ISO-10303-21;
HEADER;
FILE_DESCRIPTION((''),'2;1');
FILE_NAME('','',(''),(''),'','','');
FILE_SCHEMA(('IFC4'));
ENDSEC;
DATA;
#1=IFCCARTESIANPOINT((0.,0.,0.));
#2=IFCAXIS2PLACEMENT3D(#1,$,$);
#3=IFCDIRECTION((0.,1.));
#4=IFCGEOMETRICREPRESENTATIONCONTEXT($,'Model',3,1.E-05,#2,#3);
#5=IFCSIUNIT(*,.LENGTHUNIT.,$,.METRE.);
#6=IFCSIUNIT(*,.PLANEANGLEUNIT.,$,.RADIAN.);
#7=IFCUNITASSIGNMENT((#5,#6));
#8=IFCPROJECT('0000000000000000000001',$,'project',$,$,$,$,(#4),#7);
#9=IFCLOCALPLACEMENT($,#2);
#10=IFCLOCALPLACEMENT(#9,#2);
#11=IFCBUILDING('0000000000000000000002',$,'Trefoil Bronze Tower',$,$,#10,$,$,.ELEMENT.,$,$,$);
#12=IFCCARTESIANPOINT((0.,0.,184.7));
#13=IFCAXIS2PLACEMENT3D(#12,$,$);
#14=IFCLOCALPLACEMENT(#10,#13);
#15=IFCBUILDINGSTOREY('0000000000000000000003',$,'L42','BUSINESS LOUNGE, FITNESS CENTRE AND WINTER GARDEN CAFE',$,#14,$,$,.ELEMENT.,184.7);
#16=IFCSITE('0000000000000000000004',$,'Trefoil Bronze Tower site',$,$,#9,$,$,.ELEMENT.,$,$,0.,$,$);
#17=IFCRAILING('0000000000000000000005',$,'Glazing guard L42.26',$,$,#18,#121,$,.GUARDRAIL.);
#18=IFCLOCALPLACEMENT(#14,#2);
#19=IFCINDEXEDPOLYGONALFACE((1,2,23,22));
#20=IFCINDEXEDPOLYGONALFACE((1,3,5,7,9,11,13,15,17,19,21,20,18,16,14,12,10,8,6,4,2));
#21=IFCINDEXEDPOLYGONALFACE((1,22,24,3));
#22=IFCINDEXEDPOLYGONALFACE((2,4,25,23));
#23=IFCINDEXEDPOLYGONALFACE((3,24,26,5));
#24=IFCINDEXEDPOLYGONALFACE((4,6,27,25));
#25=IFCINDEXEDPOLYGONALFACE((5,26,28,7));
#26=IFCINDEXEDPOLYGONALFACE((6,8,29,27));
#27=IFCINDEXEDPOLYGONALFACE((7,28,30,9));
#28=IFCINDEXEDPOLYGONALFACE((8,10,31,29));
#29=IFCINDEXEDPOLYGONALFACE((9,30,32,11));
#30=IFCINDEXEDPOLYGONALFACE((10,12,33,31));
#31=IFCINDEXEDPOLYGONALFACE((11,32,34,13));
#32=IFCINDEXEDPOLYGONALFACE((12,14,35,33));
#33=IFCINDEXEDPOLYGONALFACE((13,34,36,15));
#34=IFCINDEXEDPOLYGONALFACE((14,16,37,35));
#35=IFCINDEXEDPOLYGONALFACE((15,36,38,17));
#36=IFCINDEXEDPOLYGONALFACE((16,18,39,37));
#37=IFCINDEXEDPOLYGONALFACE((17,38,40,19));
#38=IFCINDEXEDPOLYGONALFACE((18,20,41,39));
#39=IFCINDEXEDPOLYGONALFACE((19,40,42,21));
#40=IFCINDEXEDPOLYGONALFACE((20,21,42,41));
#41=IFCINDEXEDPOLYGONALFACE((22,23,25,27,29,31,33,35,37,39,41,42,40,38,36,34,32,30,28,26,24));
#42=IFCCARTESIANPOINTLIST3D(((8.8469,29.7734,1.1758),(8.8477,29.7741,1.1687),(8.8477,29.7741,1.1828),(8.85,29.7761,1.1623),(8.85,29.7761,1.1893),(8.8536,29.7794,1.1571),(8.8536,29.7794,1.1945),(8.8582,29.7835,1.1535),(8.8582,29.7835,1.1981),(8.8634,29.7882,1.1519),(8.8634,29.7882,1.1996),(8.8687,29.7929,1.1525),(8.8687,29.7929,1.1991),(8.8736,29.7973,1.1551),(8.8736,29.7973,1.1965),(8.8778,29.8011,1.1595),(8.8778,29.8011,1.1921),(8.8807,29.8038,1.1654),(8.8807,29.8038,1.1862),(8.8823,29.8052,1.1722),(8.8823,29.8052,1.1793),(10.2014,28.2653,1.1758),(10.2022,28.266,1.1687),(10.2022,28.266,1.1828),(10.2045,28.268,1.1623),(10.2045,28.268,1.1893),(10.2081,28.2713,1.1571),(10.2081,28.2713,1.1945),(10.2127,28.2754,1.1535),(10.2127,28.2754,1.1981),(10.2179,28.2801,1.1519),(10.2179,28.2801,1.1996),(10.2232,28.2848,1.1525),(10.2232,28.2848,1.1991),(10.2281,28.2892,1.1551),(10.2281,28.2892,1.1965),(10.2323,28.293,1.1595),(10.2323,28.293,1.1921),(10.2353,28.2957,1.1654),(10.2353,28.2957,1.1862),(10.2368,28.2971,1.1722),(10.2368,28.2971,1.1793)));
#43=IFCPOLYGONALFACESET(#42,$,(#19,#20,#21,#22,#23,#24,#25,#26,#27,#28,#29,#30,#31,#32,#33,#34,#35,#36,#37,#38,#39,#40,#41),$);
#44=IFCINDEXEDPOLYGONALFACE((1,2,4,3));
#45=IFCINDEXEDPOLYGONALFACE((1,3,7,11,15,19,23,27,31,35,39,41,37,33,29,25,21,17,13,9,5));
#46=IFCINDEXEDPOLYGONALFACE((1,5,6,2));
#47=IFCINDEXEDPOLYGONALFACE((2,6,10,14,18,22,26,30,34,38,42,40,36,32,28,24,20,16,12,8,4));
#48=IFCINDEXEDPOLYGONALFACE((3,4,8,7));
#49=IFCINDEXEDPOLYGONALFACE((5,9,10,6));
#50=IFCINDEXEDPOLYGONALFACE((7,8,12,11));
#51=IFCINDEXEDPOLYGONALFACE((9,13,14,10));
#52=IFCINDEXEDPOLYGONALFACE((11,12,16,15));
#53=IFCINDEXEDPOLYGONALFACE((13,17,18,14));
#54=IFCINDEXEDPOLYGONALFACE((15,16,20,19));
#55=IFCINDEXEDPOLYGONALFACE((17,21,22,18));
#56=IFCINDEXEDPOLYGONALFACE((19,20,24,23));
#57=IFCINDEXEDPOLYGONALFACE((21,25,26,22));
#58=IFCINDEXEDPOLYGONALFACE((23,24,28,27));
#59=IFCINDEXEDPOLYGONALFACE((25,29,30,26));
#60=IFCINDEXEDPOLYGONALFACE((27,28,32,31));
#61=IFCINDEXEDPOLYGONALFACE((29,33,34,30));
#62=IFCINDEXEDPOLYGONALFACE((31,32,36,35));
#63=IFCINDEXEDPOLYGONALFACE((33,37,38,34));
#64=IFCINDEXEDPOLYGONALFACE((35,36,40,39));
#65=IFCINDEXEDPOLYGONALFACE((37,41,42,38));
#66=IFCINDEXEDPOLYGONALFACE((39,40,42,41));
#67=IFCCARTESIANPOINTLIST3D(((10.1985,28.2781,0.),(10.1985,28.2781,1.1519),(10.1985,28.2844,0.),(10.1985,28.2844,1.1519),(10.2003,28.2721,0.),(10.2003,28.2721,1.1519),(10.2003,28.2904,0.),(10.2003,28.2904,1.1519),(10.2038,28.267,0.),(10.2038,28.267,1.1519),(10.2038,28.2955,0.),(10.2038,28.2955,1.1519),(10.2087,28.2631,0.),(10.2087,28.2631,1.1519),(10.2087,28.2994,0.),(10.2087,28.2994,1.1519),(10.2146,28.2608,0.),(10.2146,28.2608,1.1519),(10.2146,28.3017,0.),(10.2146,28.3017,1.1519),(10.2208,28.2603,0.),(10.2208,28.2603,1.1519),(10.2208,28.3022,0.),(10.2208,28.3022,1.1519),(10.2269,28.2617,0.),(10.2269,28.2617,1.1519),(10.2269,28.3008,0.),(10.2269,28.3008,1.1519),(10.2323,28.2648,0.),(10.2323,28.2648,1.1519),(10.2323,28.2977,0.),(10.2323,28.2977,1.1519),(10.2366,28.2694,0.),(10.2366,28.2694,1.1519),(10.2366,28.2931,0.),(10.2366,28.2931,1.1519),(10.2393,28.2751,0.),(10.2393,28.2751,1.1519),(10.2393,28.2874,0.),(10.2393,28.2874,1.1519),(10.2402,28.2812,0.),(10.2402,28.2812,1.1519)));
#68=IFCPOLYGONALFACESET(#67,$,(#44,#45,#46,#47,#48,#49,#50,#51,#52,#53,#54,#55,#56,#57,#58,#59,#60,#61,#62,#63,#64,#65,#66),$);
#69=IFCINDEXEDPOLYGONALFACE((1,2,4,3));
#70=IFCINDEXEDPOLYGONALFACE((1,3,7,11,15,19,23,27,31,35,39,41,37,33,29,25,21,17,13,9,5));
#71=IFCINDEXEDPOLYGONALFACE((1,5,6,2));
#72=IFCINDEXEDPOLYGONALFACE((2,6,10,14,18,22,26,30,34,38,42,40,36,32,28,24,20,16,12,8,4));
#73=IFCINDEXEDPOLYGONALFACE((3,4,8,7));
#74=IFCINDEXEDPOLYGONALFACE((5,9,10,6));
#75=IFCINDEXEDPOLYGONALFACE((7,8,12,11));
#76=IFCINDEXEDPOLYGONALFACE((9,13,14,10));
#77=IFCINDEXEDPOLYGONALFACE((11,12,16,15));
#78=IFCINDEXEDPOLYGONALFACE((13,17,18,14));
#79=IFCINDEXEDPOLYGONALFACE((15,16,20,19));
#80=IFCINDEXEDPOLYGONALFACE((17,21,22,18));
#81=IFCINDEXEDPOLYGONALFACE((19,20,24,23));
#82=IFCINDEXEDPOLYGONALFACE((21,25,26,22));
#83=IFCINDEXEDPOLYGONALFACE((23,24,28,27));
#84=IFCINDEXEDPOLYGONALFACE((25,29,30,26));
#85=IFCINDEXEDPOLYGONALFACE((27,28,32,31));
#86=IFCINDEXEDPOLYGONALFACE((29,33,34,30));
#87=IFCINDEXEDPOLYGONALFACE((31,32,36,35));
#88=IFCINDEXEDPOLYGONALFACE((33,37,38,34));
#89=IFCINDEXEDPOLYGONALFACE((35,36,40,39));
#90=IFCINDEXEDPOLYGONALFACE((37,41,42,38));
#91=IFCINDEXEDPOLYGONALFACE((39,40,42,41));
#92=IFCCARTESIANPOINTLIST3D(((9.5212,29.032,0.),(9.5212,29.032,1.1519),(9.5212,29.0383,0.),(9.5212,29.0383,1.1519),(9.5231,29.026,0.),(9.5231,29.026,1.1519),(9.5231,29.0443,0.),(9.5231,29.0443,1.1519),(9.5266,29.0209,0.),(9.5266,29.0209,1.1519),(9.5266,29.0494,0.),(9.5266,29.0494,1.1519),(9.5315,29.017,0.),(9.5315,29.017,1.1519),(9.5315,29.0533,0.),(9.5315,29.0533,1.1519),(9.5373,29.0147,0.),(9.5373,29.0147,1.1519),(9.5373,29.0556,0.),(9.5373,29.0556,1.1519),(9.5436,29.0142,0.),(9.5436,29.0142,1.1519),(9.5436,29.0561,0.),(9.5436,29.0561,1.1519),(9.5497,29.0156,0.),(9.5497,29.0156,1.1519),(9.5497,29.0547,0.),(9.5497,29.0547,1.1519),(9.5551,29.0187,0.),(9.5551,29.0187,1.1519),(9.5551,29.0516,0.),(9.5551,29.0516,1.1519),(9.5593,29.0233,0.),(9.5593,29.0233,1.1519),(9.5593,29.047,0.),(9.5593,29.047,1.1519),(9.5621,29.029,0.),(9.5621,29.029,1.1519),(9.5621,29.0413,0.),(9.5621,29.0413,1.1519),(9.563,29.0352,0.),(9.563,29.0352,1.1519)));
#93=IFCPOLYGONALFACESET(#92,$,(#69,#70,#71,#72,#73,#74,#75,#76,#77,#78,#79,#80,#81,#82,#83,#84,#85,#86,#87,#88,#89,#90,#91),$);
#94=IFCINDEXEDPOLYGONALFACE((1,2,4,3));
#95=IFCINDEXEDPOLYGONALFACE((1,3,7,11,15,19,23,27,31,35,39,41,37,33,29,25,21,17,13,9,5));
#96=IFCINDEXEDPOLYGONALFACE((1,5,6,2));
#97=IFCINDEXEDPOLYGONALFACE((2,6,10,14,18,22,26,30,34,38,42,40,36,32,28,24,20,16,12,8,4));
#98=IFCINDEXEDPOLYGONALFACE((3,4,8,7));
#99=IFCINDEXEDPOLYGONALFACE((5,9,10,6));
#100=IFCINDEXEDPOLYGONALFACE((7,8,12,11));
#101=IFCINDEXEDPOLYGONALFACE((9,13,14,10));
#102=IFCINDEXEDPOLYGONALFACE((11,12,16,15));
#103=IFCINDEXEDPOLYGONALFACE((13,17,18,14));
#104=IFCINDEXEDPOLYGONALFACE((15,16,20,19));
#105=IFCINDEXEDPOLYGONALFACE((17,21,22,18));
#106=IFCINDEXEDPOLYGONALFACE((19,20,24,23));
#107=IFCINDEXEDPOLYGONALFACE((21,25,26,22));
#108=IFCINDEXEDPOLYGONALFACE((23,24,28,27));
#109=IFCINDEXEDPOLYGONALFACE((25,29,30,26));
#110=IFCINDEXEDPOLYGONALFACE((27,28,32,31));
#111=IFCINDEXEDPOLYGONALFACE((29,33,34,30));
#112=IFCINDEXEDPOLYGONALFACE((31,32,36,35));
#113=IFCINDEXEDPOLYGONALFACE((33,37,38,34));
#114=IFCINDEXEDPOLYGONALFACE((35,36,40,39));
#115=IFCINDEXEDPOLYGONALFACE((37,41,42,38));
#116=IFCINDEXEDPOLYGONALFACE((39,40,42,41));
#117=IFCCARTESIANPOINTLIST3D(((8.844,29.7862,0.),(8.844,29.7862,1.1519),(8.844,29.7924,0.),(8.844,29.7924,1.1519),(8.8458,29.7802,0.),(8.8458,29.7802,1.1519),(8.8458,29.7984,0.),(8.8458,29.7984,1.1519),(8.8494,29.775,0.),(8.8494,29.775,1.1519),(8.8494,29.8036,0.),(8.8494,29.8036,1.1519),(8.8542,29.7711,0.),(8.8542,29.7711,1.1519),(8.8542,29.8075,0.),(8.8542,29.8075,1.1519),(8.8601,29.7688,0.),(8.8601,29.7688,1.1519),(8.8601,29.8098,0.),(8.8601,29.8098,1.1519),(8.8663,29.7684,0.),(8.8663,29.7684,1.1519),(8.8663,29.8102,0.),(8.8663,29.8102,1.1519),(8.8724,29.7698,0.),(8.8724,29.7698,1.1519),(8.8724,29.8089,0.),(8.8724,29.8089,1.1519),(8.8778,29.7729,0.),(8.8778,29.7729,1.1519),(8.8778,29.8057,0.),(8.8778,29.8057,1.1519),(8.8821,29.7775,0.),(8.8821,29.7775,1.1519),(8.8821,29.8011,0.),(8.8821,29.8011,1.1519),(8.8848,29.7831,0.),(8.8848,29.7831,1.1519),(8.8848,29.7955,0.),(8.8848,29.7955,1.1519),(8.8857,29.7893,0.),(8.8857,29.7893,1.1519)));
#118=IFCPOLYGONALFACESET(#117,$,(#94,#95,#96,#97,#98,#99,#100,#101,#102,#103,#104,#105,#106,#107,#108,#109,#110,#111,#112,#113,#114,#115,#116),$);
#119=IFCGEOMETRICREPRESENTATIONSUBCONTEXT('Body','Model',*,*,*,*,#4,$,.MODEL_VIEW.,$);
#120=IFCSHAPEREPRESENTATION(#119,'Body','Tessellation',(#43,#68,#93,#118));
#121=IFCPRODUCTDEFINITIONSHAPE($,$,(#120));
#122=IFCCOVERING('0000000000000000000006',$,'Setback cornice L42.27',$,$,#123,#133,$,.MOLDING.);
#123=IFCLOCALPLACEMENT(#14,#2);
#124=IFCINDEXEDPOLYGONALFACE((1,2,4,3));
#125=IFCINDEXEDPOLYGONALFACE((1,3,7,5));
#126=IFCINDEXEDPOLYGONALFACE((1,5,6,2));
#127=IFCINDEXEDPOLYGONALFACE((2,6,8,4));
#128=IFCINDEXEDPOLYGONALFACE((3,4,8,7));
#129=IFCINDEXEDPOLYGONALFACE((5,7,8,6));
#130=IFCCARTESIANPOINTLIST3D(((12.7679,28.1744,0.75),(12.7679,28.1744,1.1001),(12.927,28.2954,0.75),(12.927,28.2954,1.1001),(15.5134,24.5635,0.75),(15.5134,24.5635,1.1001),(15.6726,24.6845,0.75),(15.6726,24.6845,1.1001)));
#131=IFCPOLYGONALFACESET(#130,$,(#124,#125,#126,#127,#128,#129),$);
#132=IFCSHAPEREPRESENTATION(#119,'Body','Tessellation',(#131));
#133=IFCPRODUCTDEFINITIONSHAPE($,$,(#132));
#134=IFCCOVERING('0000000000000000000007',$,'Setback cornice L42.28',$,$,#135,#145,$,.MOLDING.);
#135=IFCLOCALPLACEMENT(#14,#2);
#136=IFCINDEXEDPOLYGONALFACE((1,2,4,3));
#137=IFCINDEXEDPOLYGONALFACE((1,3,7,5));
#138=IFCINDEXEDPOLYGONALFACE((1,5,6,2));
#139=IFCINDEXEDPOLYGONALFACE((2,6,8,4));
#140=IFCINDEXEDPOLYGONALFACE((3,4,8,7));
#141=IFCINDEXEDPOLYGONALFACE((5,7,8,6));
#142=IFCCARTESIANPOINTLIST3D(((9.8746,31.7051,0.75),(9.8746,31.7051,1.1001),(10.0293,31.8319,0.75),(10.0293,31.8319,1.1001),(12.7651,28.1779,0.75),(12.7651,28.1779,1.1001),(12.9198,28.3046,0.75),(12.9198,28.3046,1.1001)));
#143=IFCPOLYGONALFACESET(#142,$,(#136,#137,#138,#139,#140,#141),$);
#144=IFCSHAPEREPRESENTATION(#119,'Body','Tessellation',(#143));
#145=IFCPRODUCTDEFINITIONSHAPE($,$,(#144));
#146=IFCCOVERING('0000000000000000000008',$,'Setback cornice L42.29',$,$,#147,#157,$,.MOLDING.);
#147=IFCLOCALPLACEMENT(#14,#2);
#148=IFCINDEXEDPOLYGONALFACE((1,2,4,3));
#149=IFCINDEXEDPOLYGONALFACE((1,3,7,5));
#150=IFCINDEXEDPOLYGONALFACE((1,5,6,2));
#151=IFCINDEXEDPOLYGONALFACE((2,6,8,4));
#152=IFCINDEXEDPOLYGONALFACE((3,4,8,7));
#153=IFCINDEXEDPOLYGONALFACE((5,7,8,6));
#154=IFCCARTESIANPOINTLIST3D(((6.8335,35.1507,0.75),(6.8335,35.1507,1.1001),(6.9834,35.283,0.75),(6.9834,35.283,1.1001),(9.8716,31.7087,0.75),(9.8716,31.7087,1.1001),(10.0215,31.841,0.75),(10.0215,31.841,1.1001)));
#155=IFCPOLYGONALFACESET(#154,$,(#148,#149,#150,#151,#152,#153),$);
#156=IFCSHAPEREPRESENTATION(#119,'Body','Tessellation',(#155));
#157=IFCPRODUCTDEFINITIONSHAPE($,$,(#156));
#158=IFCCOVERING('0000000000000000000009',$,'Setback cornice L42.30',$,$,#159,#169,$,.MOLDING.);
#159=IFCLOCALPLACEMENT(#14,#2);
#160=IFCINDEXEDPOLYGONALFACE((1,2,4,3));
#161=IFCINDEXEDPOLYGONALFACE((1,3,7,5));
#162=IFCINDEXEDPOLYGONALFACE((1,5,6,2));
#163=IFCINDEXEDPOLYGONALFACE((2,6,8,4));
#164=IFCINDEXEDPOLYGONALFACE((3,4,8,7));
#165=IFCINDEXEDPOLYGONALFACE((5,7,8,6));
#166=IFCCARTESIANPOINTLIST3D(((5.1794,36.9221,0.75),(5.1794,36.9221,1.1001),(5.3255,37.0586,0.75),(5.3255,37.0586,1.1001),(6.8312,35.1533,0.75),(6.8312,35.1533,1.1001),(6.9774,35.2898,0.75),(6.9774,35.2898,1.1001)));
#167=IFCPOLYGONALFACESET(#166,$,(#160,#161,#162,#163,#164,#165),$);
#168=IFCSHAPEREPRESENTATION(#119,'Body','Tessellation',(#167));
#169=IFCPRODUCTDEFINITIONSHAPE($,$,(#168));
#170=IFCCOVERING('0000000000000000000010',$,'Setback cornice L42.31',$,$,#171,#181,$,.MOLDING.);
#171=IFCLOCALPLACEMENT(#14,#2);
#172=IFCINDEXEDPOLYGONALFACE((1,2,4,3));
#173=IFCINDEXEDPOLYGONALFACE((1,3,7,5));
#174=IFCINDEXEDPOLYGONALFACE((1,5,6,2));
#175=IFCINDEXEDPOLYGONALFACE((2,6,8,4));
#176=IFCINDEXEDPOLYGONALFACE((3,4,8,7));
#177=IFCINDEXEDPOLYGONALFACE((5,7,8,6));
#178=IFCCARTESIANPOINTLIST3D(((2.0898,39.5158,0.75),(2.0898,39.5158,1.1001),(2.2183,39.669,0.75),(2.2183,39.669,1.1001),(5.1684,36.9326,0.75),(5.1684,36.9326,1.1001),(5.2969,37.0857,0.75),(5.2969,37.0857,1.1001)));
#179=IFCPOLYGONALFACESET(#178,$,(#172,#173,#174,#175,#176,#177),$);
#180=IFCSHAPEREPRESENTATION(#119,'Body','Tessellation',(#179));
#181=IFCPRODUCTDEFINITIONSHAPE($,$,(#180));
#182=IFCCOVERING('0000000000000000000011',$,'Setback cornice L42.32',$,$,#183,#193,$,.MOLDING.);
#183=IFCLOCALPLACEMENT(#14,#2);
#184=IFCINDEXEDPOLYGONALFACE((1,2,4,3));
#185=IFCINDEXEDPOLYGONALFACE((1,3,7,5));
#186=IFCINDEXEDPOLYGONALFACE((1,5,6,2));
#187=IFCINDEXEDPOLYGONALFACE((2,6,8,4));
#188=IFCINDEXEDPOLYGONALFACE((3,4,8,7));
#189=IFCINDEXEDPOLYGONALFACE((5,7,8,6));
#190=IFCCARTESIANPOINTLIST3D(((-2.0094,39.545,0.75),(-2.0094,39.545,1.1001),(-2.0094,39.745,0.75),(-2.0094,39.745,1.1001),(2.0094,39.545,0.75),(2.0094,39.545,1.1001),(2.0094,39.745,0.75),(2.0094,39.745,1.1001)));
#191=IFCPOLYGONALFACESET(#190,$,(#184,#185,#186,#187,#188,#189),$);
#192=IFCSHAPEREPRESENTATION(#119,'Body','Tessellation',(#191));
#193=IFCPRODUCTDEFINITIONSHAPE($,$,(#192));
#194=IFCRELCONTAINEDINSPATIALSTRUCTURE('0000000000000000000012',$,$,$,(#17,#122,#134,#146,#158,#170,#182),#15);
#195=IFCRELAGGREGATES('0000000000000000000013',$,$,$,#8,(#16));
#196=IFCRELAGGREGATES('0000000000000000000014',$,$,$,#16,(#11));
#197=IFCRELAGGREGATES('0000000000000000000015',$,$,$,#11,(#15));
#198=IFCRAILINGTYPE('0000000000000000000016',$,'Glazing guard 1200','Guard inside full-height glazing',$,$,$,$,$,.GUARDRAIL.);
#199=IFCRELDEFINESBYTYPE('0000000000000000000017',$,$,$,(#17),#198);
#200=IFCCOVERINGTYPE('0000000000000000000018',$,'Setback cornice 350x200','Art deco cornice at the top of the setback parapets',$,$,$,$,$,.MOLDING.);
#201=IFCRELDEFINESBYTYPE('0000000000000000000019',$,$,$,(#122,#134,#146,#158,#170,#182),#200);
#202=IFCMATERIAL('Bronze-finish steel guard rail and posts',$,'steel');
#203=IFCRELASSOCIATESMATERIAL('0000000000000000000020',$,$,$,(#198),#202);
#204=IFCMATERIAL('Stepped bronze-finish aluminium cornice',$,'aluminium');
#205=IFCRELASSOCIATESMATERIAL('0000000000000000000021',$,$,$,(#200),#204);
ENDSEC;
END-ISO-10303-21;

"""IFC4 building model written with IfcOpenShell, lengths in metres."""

from ifc_helpers import new_model, si_unit, direction, frame, origin, origin_2d, place, context, subcontext, project, spatial, rectangle, circle, extrude, material, type_object, element, save


model = new_model("IFC4")

# Units and contexts
model_context = context("Model", 3, precision=1e-05, world=origin(), true_north=direction((0.0, 1.0)))
body_context = subcontext(model_context, "Body", "Model", "MODEL_VIEW")
ifc_project = project(units=[si_unit("LENGTHUNIT", "METRE"), si_unit("PLANEANGLEUNIT", "RADIAN")], contexts=[model_context])

# Site, building, storey
site_placement = place(None, origin())
site = spatial("IfcSite", under=ifc_project, at=site_placement, Name="Trefoil Bronze Tower site", CompositionType="ELEMENT", RefElevation=0.0)
building_placement = place(site_placement, origin())
building = spatial("IfcBuilding", under=site, at=building_placement, Name="Trefoil Bronze Tower", CompositionType="ELEMENT")
storey_placement = place(building_placement, frame((0.0, 0.0, 184.7)))
storey = spatial("IfcBuildingStorey", under=building, at=storey_placement, Name="L42", Description="BUSINESS LOUNGE, FITNESS CENTRE AND WINTER GARDEN CAFE", CompositionType="ELEMENT", Elevation=184.7)

# Railing
ifc_material_1 = material(Name="Bronze-finish steel guard rail and posts", Category="steel")
railing_type = type_object("IfcRailingType", Name="Glazing guard 1200", Description="Guard inside full-height glazing", PredefinedType="GUARDRAIL", material=ifc_material_1)
railing_1_placement = place(storey_placement, frame((10.2192, 28.2812, 0.0)))
element("IfcRailing", 1, at=railing_1_placement, inside=storey, type_object=railing_type, Name="Glazing guard L42.26", PredefinedType="GUARDRAIL", context=body_context, shape_type="SweptSolid", body=[
    extrude(circle(Radius=0.0239, at=origin_2d()), frame((0.0, 0.0, 1.1758), z_axis=(-0.668212, 0.743971, 0.0), x_axis=(-0.743971, -0.668212, 0.0)), (0.0, 0.0, 1.0), 2.0271),
    extrude(circle(Radius=0.021, at=origin_2d()), origin(), (0.0, 0.0, 1.0), 1.1519),
    extrude(circle(Radius=0.021, at=origin_2d()), frame((-0.6772, 0.7539, 0.0)), (0.0, 0.0, 1.0), 1.1519),
    extrude(circle(Radius=0.021, at=origin_2d()), frame((-1.3545, 1.5081, 0.0)), (0.0, 0.0, 1.0), 1.1519),
])

# Coverings
ifc_material_2 = material(Name="Stepped bronze-finish aluminium cornice", Category="aluminium")
covering_type = type_object("IfcCoveringType", Name="Setback cornice 350x200", Description="Art deco cornice at the top of the setback parapets", PredefinedType="MOLDING", material=ifc_material_2)
covering_1_placement = place(storey_placement, frame((14.2202, 26.4294, 0.75), z_axis=(0.0, 0.0, 1.0), x_axis=(-0.605252, 0.796034, 0.0)))
element("IfcCovering", 2, at=covering_1_placement, inside=storey, type_object=covering_type, Name="Setback cornice L42.27", PredefinedType="MOLDING", context=body_context, shape_type="SweptSolid", body=[
    extrude(rectangle(XDim=4.5361, YDim=0.2, at=origin_2d()), origin(), (0.0, 0.0, 1.0), 0.3501),
])
covering_2_placement = place(storey_placement, frame((11.3972, 30.0049, 0.75), z_axis=(0.0, 0.0, 1.0), x_axis=(-0.63384, 0.773464, 0.0)))
element("IfcCovering", 3, at=covering_2_placement, inside=storey, type_object=covering_type, Name="Setback cornice L42.28", PredefinedType="MOLDING", context=body_context, shape_type="SweptSolid", body=[
    extrude(rectangle(XDim=4.5603, YDim=0.2, at=origin_2d()), origin(), (0.0, 0.0, 1.0), 0.3501),
])
covering_3_placement = place(storey_placement, frame((8.4275, 33.4958, 0.75), z_axis=(0.0, 0.0, 1.0), x_axis=(-0.661751, 0.749723, 0.0)))
element("IfcCovering", 4, at=covering_3_placement, inside=storey, type_object=covering_type, Name="Setback cornice L42.29", PredefinedType="MOLDING", context=body_context, shape_type="SweptSolid", body=[
    extrude(rectangle(XDim=4.5911, YDim=0.2, at=origin_2d()), origin(), (0.0, 0.0, 1.0), 0.3501),
])
covering_4_placement = place(storey_placement, frame((6.0784, 36.106, 0.75), z_axis=(0.0, 0.0, 1.0), x_axis=(-0.682536, 0.730852, 0.0)))
element("IfcCovering", 5, at=covering_4_placement, inside=storey, type_object=covering_type, Name="Setback cornice L42.30", PredefinedType="MOLDING", context=body_context, shape_type="SweptSolid", body=[
    extrude(rectangle(XDim=2.4202, YDim=0.2, at=origin_2d()), origin(), (0.0, 0.0, 1.0), 0.3501),
])
for number, where, z_axis, x_axis, name in (
    (6, (3.6934, 38.3008, 0.75), (0.0, 0.0, 1.0), (-0.766044, 0.642788, 0.0), "Setback cornice L42.31"),
    (7, (0.0, 39.645, 0.75), (0.0, 0.0, 1.0), (-1.0, 0.0, 0.0), "Setback cornice L42.32"),
):
    element("IfcCovering", number, at=place(storey_placement, frame(where, z_axis=z_axis, x_axis=x_axis)), inside=storey, type_object=covering_type, Name=name, PredefinedType="MOLDING", context=body_context, shape_type="SweptSolid", body=[
        extrude(rectangle(XDim=4.0188, YDim=0.2, at=origin_2d()), origin(), (0.0, 0.0, 1.0), 0.3501),
    ])

save(model, "model.ifc")
